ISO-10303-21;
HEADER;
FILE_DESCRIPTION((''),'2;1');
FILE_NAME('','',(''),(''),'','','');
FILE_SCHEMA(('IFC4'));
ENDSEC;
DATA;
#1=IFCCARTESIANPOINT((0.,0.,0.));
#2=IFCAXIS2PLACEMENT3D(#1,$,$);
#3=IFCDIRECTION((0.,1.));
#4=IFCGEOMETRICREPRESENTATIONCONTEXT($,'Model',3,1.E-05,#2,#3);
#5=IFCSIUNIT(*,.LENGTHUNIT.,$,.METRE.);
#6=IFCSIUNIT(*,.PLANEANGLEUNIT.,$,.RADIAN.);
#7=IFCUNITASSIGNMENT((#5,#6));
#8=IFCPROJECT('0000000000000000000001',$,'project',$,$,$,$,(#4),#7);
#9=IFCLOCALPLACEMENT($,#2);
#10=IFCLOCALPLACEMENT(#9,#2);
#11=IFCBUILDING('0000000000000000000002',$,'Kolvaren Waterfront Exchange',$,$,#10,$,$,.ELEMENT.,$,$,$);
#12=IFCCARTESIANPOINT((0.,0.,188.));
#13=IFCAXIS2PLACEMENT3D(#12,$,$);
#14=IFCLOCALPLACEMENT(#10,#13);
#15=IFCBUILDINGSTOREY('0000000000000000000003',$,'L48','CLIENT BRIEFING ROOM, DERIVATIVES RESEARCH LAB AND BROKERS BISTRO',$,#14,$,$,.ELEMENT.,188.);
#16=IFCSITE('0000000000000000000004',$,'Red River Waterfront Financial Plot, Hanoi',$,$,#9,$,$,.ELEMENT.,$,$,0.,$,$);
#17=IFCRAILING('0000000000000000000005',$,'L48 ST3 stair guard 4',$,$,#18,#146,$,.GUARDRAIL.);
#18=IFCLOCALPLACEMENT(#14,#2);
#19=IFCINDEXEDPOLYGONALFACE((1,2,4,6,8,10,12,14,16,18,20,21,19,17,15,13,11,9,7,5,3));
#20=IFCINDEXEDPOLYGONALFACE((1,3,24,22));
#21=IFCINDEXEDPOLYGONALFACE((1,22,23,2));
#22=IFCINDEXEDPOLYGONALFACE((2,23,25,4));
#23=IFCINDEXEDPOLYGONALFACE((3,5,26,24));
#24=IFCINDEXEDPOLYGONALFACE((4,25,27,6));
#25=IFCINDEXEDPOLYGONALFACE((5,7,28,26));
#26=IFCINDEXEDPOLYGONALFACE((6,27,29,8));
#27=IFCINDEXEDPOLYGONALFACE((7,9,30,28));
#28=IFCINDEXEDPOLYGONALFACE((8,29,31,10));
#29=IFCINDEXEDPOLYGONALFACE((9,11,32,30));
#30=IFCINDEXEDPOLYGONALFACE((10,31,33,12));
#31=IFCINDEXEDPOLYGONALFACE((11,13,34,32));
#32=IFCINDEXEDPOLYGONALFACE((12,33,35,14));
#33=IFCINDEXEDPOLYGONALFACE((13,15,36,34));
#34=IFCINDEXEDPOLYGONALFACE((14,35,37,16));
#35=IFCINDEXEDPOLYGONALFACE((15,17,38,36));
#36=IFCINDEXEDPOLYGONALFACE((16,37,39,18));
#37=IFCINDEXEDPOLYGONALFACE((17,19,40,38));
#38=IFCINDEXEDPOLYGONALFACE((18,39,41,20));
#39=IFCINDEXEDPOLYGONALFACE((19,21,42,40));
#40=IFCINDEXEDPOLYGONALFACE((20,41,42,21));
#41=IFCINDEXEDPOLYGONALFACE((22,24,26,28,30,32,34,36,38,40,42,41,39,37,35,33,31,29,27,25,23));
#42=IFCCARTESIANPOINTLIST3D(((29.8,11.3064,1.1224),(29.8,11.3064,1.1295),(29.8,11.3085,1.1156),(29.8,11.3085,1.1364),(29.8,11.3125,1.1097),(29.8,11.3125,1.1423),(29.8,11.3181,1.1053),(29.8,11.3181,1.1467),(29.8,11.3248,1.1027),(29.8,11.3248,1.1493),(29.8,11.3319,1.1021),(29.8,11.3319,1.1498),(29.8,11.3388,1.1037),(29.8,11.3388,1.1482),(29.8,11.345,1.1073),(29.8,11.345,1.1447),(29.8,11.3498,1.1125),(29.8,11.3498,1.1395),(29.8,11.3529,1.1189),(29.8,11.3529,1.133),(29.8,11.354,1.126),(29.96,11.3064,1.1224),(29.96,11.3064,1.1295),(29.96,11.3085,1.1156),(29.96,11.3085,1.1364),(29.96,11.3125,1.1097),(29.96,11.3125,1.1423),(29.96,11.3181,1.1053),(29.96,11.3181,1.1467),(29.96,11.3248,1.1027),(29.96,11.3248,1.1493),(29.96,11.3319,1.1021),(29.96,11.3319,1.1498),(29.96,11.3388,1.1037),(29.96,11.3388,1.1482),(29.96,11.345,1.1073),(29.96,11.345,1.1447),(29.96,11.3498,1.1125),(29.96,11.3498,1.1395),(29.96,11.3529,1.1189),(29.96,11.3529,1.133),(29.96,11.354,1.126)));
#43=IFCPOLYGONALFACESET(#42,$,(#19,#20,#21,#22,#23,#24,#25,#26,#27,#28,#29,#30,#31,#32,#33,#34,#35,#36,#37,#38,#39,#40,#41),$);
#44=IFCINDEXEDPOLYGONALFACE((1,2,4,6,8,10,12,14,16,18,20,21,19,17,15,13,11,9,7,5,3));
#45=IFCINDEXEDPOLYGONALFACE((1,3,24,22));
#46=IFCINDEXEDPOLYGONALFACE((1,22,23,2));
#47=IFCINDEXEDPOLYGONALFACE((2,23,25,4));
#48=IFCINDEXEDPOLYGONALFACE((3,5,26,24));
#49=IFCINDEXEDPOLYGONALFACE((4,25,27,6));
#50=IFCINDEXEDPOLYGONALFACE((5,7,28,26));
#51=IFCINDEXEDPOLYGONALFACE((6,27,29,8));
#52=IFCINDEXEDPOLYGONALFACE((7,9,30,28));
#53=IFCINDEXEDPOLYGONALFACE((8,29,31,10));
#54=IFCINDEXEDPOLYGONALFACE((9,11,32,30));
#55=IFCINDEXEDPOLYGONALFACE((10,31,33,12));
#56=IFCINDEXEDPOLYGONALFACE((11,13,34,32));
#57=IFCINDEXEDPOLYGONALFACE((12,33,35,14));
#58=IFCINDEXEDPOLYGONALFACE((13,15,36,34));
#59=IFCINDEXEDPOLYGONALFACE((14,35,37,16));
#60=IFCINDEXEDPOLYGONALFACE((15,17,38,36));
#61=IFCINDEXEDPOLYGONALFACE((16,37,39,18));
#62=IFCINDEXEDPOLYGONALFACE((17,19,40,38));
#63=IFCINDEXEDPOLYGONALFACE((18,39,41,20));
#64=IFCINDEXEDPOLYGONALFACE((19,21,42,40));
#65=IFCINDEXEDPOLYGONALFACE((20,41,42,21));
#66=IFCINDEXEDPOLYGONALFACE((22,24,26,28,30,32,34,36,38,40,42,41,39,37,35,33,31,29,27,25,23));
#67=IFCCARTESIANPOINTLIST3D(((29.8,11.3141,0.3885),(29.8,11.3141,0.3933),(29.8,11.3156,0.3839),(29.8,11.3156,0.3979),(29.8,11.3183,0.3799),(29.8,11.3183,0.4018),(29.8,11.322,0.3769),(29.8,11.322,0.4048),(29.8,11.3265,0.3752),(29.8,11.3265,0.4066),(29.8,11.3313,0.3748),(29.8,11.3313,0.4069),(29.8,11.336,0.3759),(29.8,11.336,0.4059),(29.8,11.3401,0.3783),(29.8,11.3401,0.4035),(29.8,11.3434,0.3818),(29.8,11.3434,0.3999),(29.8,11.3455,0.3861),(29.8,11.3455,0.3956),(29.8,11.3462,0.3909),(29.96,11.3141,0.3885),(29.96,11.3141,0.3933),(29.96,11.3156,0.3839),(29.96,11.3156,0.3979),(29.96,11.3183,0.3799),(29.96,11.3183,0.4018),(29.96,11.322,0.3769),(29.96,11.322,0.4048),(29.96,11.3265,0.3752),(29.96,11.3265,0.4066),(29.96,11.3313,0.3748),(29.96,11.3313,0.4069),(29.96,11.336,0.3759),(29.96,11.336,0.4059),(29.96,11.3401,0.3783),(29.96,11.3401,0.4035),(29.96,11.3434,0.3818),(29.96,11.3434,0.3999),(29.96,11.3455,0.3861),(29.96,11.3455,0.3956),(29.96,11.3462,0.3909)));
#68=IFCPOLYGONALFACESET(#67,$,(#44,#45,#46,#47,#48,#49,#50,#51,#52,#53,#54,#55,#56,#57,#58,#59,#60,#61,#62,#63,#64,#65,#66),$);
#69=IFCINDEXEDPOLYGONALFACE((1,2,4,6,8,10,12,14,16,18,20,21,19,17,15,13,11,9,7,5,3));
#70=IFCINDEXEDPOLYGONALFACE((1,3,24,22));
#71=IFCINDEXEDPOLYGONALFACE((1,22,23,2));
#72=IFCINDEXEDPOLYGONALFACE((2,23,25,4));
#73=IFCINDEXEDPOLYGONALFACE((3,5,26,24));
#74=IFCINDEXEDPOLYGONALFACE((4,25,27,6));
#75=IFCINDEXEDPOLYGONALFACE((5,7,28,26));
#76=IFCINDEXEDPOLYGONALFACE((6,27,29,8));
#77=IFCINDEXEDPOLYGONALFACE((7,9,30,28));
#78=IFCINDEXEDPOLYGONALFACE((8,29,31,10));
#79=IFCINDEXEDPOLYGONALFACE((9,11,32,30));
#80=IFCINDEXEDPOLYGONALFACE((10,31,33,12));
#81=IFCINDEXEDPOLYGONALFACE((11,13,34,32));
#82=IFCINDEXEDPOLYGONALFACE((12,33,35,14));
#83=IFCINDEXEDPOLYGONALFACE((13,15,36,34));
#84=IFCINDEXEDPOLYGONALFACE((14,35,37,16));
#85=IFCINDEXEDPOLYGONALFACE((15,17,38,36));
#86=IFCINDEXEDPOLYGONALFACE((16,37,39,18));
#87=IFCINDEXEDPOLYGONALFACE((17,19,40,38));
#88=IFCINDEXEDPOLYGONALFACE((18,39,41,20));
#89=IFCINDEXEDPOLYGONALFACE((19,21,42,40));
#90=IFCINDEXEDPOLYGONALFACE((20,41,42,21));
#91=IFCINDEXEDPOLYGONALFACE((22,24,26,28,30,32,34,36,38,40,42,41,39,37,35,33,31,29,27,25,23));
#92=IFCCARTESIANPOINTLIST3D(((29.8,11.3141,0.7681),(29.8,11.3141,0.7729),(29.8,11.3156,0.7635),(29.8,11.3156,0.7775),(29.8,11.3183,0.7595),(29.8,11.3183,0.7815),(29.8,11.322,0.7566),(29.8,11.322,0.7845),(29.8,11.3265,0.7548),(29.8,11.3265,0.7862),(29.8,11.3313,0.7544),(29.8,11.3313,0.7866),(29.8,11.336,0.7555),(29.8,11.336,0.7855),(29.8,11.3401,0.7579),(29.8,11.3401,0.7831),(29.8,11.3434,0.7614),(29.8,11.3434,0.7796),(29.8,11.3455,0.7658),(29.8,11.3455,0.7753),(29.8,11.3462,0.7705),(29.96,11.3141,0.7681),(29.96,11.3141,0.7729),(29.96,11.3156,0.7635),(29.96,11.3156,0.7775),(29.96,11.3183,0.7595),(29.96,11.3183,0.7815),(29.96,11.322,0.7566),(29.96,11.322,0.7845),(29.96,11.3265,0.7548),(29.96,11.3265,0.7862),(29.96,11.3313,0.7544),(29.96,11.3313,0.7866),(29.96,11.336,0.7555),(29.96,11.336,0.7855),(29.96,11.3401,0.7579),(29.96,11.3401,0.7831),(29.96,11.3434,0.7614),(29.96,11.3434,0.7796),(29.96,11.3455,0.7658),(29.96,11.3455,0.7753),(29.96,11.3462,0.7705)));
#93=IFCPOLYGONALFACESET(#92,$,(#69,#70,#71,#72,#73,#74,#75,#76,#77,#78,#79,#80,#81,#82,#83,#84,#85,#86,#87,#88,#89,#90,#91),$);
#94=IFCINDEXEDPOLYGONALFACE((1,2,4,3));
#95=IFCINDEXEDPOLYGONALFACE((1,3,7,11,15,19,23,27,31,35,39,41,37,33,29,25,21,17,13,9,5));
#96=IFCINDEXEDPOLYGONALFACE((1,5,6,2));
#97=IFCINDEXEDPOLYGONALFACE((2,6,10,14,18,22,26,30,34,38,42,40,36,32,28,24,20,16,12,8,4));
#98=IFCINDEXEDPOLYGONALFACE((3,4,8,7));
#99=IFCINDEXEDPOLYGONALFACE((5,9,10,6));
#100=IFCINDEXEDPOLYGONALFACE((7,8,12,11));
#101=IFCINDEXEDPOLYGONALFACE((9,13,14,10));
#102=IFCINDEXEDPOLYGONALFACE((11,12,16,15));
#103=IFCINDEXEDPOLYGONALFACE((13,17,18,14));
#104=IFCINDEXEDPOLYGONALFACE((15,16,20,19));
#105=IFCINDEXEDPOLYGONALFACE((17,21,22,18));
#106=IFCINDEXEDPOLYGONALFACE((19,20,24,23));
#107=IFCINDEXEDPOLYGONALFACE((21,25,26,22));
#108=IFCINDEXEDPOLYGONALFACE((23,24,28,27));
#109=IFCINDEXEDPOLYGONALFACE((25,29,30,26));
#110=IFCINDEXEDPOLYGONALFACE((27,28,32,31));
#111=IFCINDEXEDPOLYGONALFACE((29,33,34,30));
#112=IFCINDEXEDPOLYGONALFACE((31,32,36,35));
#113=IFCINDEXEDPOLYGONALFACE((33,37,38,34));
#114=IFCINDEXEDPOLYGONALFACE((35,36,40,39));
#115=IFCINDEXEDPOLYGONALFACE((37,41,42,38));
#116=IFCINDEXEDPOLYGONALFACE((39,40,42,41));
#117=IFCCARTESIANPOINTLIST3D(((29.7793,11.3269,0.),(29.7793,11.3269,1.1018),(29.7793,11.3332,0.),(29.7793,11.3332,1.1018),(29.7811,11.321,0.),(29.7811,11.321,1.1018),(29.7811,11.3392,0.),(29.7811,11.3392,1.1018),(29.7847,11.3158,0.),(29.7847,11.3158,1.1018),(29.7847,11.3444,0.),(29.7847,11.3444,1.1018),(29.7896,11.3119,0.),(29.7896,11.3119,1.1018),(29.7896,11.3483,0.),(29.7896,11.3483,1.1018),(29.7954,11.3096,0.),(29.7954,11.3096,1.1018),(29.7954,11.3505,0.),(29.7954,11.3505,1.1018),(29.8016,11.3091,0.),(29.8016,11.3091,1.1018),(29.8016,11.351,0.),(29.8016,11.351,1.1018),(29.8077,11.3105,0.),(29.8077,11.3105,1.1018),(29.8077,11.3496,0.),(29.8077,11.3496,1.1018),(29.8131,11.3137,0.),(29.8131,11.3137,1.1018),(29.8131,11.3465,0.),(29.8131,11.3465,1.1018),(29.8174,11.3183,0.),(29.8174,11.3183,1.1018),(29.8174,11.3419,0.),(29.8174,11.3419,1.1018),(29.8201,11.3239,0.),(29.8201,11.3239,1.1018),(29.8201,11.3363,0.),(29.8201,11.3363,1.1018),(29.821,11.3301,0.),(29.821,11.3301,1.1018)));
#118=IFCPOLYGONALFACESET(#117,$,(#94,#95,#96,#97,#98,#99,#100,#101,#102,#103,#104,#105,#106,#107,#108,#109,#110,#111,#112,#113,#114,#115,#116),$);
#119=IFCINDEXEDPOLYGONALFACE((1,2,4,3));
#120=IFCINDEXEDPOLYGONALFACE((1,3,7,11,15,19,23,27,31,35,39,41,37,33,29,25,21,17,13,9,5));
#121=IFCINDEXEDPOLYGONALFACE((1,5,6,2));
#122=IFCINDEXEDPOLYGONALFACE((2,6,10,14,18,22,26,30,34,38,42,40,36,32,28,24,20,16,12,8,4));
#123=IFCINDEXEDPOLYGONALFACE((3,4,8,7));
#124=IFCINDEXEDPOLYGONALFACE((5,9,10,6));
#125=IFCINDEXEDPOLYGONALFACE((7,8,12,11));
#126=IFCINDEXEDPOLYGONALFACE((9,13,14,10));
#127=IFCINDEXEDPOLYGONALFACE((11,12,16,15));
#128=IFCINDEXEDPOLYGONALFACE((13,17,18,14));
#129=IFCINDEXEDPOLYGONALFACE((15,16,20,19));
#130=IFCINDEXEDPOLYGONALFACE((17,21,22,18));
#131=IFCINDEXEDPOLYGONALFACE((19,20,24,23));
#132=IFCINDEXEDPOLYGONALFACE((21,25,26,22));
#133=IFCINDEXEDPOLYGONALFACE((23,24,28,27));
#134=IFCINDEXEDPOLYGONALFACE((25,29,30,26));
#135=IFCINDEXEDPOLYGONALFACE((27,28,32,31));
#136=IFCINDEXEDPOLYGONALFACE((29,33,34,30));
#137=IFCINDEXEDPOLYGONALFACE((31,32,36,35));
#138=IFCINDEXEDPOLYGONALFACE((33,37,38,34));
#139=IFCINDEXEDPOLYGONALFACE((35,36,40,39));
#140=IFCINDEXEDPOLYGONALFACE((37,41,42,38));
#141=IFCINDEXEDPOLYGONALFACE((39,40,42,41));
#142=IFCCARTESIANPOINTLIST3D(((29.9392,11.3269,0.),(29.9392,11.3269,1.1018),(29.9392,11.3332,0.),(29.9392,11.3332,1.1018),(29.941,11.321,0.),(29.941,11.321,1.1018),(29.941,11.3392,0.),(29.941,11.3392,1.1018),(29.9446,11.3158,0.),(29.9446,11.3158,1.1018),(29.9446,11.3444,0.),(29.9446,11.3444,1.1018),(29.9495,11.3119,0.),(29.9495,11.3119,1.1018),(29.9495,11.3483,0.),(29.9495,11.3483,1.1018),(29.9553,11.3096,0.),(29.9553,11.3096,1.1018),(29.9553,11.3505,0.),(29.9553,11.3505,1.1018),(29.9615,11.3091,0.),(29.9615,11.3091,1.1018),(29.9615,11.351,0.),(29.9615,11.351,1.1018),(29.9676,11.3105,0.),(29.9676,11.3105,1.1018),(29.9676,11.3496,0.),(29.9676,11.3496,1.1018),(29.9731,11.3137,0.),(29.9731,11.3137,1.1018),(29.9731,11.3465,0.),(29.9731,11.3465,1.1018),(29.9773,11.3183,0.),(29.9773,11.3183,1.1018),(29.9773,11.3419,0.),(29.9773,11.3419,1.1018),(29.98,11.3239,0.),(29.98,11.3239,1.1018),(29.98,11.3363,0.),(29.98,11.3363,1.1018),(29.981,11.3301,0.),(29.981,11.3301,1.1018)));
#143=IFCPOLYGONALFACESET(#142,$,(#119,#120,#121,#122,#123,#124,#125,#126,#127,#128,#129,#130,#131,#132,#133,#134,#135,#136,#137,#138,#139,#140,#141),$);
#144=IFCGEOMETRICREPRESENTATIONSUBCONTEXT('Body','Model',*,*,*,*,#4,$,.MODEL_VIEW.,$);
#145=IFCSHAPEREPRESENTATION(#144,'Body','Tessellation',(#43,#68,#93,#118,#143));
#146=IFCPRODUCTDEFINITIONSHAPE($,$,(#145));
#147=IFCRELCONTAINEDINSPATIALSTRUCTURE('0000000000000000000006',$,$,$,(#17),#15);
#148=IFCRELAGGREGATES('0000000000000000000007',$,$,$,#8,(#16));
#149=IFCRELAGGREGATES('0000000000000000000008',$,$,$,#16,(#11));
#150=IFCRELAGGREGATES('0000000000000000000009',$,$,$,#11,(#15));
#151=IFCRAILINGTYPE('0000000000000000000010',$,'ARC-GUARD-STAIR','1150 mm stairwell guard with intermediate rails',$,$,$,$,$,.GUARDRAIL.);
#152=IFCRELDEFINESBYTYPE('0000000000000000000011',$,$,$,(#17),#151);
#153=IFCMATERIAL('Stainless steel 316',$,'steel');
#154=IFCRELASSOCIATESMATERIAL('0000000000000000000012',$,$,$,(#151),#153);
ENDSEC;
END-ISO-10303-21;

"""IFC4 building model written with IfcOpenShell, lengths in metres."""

from ifc_helpers import new_model, si_unit, direction, frame, origin, origin_2d, place, context, subcontext, project, spatial, circle, extrude, material, type_object, element, save


model = new_model("IFC4")

# Units and contexts
model_context = context("Model", 3, precision=1e-05, world=origin(), true_north=direction((0.0, 1.0)))
body_context = subcontext(model_context, "Body", "Model", "MODEL_VIEW")
ifc_project = project(units=[si_unit("LENGTHUNIT", "METRE"), si_unit("PLANEANGLEUNIT", "RADIAN")], contexts=[model_context])

# Site, building, storey
site_placement = place(None, origin())
site = spatial("IfcSite", under=ifc_project, at=site_placement, Name="Red River Waterfront Financial Plot, Hanoi", CompositionType="ELEMENT", RefElevation=0.0)
building_placement = place(site_placement, origin())
building = spatial("IfcBuilding", under=site, at=building_placement, Name="Kolvaren Waterfront Exchange", CompositionType="ELEMENT")
storey_placement = place(building_placement, frame((0.0, 0.0, 188.0)))
storey = spatial("IfcBuildingStorey", under=building, at=storey_placement, Name="L48", Description="CLIENT BRIEFING ROOM, DERIVATIVES RESEARCH LAB AND BROKERS BISTRO", CompositionType="ELEMENT", Elevation=188.0)

# Railing
ifc_material_1 = material(Name="Stainless steel 316", Category="steel")
railing_type = type_object("IfcRailingType", Name="ARC-GUARD-STAIR", Description="1150 mm stairwell guard with intermediate rails", PredefinedType="GUARDRAIL", material=ifc_material_1)
railing_1_placement = place(storey_placement, frame((29.8, 11.3301, 0.0)))
element("IfcRailing", 1, at=railing_1_placement, inside=storey, type_object=railing_type, Name="L48 ST3 stair guard 4", PredefinedType="GUARDRAIL", context=body_context, shape_type="SweptSolid", body=[
    extrude(circle(Radius=0.0239, at=origin_2d()), frame((0.0, 0.0, 1.126), z_axis=(1.0, 0.0, 0.0), x_axis=(0.0, 1.0, 0.0)), (0.0, 0.0, 1.0), 0.1599),
    extrude(circle(Radius=0.0161, at=origin_2d()), frame((0.0, 0.0, 0.3909), z_axis=(1.0, 0.0, 0.0), x_axis=(0.0, 1.0, 0.0)), (0.0, 0.0, 1.0), 0.1599),
    extrude(circle(Radius=0.0161, at=origin_2d()), frame((0.0, 0.0, 0.7705), z_axis=(1.0, 0.0, 0.0), x_axis=(0.0, 1.0, 0.0)), (0.0, 0.0, 1.0), 0.1599),
    extrude(circle(Radius=0.021, at=origin_2d()), origin(), (0.0, 0.0, 1.0), 1.1018),
    extrude(circle(Radius=0.021, at=origin_2d()), frame((0.1599, 0.0, 0.0)), (0.0, 0.0, 1.0), 1.1018),
])

save(model, "model.ifc")
